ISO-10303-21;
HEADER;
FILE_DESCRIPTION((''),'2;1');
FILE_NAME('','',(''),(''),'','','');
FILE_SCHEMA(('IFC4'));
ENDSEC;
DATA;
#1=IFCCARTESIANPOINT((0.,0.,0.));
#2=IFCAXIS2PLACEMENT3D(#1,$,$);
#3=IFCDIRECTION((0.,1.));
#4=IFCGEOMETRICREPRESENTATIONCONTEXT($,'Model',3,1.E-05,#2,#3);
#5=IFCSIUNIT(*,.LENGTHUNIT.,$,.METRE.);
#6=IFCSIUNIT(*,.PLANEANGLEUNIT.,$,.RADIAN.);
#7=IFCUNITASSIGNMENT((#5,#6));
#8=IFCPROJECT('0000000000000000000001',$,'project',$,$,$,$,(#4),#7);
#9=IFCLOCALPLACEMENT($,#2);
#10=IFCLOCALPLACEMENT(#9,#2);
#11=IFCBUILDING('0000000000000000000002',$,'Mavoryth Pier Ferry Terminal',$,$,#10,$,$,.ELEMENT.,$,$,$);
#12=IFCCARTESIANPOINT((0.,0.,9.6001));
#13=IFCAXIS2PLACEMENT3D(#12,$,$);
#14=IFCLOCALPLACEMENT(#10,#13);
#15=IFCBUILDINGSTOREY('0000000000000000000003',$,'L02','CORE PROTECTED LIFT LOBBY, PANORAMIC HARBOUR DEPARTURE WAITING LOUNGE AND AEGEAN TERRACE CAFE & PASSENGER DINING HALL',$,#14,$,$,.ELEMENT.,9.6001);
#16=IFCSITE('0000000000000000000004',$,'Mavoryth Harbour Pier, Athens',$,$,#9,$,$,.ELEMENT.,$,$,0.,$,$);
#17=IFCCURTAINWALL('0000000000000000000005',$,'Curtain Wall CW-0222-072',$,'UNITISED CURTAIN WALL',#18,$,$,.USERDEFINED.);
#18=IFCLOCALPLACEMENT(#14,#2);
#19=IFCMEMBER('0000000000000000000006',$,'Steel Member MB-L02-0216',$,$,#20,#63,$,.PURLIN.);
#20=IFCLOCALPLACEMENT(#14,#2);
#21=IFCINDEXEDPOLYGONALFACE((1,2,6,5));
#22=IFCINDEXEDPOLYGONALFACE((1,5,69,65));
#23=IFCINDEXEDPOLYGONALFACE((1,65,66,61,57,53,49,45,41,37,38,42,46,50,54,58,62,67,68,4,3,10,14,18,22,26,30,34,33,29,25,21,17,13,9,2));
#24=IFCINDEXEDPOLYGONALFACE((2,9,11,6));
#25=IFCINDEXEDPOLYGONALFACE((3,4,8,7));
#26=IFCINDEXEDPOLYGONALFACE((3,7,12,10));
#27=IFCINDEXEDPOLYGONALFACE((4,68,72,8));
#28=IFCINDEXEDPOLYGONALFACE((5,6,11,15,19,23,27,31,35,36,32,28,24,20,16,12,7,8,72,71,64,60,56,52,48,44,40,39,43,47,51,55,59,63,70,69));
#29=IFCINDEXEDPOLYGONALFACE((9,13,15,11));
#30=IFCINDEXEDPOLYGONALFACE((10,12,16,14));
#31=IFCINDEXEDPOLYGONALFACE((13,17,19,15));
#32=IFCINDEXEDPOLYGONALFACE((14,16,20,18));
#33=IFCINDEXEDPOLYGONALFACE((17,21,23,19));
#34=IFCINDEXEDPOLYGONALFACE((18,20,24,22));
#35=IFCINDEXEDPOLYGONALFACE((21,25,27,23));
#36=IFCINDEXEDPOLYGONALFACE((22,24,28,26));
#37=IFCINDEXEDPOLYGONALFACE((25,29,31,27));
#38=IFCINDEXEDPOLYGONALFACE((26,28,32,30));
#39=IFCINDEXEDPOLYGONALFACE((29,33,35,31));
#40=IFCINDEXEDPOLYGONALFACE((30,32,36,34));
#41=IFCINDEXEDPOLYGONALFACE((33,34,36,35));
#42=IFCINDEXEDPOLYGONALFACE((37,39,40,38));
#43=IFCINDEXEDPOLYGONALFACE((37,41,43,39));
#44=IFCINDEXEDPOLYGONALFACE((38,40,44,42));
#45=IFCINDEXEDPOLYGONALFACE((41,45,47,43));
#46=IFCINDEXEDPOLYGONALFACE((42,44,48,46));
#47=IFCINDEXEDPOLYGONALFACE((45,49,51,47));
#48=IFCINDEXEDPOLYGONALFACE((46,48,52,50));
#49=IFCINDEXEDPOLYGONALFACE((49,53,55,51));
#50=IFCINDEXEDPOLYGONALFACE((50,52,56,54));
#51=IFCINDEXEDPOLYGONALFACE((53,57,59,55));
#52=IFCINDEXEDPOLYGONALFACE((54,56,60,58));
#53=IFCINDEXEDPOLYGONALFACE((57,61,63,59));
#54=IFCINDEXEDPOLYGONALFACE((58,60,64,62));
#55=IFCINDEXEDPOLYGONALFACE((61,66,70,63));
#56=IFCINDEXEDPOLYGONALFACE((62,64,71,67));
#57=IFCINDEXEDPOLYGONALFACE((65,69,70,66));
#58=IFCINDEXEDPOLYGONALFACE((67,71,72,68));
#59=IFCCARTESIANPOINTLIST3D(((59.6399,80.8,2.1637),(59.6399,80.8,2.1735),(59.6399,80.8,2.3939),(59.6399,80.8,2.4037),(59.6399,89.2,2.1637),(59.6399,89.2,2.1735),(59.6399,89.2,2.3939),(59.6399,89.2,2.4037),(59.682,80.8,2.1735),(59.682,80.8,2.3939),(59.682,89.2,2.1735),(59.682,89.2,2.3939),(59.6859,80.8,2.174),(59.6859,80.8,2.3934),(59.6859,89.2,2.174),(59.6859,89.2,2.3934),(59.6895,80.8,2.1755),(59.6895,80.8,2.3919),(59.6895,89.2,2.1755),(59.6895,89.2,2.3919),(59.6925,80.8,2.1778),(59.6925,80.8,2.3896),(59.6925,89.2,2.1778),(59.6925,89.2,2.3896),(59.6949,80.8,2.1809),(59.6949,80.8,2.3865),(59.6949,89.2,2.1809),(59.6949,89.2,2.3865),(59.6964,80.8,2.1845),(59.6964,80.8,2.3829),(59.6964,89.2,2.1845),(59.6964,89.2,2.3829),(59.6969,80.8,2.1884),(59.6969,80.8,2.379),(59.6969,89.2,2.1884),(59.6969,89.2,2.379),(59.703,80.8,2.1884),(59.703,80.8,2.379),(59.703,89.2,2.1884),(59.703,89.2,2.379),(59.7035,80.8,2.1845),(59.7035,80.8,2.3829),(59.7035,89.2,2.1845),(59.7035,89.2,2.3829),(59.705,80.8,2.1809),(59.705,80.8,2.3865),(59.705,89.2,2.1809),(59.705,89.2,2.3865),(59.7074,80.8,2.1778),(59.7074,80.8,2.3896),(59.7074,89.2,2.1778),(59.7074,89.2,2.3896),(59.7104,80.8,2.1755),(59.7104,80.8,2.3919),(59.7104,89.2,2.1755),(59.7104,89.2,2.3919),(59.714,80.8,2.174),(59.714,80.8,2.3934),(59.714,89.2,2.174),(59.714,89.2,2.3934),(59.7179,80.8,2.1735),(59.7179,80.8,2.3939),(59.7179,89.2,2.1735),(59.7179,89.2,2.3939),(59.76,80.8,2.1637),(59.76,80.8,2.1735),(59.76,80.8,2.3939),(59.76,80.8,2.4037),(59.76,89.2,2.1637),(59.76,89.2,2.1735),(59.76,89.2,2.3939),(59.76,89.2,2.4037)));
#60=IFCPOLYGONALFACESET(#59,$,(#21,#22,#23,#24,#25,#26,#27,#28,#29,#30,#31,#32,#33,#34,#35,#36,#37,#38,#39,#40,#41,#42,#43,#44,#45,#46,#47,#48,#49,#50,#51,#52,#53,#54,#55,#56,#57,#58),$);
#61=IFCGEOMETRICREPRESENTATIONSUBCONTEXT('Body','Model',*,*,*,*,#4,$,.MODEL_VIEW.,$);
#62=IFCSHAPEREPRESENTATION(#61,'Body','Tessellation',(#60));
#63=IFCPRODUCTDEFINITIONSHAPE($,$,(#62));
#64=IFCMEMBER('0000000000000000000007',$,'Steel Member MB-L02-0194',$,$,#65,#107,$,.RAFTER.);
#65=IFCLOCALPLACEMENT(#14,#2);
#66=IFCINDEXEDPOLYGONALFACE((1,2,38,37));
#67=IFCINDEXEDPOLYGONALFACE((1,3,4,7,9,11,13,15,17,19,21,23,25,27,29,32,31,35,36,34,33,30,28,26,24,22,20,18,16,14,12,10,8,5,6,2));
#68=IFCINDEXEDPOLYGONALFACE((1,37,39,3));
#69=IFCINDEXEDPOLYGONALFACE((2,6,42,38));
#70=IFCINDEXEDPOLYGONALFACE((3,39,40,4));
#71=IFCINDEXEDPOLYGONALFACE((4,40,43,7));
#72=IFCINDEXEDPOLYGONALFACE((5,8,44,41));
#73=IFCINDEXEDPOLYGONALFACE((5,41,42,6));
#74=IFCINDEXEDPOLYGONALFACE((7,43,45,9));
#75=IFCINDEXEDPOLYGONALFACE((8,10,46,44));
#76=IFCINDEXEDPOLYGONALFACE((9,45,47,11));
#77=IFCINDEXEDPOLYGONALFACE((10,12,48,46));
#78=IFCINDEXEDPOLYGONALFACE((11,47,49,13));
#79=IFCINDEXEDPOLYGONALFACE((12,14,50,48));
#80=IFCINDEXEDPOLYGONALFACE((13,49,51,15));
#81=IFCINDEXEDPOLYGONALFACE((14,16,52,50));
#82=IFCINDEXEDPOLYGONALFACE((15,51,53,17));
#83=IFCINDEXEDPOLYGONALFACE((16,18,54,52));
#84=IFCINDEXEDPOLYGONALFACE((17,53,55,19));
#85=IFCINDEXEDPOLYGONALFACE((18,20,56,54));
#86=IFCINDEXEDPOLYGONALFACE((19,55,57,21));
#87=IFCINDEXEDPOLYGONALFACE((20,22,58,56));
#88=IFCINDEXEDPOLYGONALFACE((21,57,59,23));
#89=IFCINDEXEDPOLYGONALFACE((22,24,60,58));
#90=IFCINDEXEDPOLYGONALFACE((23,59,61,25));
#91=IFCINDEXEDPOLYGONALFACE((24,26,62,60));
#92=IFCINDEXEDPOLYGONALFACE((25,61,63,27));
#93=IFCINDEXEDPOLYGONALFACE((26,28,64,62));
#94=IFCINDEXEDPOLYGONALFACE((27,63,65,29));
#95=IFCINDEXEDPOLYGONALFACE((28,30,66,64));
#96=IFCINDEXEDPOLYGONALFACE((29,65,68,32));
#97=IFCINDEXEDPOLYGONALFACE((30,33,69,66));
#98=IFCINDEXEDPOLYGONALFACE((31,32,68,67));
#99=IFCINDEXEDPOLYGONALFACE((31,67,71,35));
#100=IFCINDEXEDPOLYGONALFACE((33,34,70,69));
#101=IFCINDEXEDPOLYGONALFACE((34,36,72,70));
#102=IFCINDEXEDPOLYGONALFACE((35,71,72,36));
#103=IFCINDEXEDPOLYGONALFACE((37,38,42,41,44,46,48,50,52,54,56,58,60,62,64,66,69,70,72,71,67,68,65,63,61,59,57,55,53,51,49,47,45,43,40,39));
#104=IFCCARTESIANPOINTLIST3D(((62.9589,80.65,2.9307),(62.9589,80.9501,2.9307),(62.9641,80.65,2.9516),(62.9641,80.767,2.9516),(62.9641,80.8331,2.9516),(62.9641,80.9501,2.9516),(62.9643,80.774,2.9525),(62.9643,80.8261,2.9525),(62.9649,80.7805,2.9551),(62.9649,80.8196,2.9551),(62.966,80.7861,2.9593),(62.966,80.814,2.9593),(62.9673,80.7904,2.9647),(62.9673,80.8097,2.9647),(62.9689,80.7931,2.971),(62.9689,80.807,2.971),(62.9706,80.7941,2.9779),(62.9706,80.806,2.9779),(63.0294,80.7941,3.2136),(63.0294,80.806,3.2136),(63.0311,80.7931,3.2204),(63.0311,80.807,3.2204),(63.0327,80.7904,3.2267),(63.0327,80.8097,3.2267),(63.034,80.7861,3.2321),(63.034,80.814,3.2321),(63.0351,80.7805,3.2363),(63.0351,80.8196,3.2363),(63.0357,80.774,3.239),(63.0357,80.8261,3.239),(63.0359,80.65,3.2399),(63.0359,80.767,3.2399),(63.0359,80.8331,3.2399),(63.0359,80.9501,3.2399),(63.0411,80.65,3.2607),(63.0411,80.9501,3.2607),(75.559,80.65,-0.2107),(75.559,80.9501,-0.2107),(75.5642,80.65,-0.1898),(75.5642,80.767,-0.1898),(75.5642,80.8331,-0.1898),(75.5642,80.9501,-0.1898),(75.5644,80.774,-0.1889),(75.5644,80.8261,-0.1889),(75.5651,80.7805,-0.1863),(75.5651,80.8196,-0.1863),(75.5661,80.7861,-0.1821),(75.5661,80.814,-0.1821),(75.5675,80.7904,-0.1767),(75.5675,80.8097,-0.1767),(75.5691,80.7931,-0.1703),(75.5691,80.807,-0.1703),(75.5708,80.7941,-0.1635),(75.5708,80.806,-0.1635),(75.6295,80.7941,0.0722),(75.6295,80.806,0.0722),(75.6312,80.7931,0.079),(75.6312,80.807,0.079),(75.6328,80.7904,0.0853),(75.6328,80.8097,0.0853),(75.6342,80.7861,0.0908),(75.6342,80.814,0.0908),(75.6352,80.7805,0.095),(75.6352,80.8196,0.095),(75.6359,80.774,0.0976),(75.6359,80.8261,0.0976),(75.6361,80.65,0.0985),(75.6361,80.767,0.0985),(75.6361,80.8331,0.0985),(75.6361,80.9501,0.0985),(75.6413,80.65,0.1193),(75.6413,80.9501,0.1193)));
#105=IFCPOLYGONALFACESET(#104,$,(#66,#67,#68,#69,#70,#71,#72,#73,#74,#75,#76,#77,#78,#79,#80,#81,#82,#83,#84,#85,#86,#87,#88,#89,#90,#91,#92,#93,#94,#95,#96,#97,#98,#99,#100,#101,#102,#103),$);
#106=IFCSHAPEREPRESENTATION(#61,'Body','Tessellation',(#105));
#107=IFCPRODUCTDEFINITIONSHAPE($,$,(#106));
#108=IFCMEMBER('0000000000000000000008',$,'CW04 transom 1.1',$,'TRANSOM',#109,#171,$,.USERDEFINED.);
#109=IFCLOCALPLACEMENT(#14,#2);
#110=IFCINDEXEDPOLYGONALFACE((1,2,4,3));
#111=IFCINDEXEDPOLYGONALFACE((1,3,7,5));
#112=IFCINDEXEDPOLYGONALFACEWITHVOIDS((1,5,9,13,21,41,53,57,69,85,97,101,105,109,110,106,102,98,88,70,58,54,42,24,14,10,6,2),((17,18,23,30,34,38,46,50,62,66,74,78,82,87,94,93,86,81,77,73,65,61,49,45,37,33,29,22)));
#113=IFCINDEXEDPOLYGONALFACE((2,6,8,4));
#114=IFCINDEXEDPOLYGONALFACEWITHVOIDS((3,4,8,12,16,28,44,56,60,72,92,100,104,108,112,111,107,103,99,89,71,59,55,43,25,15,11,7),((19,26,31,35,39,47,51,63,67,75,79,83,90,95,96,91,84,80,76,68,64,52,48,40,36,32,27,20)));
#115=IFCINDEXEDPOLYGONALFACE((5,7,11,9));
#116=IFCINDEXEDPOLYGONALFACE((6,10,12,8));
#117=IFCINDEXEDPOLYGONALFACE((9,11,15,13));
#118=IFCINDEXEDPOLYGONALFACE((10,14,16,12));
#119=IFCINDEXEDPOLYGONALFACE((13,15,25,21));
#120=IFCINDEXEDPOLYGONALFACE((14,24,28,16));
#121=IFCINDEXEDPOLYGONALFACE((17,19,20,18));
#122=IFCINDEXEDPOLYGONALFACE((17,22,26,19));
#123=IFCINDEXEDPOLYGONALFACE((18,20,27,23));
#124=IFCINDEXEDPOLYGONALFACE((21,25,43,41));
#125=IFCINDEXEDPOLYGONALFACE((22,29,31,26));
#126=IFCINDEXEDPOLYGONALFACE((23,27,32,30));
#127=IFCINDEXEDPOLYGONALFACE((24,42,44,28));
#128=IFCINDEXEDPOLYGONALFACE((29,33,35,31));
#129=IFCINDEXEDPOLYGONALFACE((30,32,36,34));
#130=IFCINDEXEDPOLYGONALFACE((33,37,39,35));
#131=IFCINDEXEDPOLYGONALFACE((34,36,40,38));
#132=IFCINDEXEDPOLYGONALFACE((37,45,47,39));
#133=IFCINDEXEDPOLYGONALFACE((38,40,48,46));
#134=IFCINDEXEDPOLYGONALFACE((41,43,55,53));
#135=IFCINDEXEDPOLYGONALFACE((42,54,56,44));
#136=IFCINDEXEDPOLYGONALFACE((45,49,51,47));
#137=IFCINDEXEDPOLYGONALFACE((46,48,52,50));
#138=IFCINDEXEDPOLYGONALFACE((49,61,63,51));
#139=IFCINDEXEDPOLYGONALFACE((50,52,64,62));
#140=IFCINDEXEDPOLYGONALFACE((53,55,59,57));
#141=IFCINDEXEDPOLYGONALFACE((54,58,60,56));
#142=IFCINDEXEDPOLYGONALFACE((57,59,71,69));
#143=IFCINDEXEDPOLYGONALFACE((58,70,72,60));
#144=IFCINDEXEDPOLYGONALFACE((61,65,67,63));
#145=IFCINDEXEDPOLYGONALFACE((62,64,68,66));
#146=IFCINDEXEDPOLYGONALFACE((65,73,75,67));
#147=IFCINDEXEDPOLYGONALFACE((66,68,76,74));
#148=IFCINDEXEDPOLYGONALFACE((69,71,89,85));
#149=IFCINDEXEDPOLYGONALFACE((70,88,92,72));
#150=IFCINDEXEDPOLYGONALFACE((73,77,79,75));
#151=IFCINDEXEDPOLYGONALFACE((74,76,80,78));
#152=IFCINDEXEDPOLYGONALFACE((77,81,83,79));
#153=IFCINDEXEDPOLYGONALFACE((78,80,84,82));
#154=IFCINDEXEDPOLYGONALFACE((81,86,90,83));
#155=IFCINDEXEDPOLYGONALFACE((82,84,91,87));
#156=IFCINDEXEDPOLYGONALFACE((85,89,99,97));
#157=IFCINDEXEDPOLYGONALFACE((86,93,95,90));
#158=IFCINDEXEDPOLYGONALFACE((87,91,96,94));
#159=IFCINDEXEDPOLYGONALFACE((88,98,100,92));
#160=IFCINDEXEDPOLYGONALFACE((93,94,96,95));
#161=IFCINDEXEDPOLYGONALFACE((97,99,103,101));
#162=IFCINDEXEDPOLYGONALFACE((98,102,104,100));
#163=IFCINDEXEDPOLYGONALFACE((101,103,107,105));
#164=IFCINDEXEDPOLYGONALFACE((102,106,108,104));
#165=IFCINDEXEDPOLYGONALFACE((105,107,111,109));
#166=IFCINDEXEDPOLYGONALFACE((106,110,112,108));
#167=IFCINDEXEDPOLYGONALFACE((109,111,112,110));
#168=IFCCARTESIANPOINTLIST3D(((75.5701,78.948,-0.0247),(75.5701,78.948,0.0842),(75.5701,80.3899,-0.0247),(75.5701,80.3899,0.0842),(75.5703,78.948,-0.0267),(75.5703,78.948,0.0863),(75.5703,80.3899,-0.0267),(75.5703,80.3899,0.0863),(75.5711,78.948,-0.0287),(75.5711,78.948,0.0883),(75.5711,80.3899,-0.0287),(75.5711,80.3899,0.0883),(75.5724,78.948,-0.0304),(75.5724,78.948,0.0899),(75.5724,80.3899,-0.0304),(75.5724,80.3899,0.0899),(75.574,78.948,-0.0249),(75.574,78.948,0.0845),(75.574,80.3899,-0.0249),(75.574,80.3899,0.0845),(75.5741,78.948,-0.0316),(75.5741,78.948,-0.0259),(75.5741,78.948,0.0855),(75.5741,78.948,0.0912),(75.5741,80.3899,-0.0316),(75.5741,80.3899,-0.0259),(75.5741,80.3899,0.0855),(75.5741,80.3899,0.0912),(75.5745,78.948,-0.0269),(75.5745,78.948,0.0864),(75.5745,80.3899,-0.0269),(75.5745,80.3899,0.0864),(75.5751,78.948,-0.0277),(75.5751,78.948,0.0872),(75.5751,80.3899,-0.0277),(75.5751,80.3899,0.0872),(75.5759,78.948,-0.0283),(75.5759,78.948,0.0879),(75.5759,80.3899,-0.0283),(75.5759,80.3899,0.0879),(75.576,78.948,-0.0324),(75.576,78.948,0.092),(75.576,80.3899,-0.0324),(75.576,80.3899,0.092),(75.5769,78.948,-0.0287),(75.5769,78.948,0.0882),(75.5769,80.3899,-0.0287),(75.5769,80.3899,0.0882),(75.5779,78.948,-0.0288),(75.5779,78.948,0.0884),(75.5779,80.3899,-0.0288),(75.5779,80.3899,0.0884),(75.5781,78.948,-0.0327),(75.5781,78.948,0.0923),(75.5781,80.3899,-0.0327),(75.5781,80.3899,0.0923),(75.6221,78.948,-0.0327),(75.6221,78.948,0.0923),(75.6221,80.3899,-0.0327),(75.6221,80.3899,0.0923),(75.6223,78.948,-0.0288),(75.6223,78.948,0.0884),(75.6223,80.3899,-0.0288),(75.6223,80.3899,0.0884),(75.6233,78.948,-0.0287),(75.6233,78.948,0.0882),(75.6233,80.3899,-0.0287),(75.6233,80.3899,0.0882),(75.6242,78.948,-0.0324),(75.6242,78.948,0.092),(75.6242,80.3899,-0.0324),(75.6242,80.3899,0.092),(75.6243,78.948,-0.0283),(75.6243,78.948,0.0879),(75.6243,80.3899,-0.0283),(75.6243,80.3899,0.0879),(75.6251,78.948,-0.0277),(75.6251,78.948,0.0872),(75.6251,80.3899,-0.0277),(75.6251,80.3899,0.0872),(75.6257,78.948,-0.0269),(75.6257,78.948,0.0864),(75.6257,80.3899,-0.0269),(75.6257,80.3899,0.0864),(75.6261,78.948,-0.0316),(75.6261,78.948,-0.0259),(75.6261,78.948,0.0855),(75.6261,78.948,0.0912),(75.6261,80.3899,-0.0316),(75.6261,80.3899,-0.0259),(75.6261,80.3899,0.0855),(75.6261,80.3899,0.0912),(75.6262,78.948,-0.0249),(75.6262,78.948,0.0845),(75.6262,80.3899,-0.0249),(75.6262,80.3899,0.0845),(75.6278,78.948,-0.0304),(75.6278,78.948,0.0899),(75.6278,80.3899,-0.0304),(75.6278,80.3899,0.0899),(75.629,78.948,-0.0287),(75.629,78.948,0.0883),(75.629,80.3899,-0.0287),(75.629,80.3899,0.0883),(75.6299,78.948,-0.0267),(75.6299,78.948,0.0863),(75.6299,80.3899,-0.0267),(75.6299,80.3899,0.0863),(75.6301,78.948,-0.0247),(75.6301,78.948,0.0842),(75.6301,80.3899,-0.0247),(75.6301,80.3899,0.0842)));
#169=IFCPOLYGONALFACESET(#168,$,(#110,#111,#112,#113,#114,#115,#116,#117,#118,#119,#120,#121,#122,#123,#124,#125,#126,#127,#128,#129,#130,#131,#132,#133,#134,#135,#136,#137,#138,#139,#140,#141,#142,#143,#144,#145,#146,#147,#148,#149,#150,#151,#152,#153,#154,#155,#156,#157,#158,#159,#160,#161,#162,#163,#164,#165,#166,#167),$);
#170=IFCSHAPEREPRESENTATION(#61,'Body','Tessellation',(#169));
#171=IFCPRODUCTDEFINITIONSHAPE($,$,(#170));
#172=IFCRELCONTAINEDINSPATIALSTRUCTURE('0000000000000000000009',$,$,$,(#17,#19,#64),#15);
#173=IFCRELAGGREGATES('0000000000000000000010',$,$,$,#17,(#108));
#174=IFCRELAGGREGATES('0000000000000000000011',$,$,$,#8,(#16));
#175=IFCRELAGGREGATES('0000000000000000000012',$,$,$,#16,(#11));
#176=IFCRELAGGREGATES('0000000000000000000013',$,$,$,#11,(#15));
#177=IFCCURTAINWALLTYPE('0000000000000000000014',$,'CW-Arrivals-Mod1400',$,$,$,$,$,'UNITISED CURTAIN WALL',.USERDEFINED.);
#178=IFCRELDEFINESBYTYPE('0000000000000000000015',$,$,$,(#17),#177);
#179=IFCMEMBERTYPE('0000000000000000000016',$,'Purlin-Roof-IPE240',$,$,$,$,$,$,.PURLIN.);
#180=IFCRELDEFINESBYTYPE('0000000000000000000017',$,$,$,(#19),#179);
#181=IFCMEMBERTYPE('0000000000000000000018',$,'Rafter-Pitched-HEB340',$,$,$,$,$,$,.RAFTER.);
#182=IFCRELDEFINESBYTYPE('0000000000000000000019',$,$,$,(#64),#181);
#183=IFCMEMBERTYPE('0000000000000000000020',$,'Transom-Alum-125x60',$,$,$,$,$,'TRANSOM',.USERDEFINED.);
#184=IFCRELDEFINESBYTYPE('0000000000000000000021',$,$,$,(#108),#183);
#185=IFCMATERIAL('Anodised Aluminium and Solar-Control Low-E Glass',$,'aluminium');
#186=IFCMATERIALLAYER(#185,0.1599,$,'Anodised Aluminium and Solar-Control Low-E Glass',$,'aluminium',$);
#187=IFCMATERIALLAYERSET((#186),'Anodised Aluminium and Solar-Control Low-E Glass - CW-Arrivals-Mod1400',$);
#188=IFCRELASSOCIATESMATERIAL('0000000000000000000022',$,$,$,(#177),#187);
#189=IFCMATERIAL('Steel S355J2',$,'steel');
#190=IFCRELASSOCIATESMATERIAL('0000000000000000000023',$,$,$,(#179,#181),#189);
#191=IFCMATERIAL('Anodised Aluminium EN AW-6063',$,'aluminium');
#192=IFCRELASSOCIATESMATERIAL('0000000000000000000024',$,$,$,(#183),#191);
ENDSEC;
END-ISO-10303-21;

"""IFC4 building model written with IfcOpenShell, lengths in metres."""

from ifc_helpers import new_model, si_unit, direction, frame, origin, origin_2d, place, context, subcontext, project, spatial, hollow_rectangle, i_section, extrude, material, layer, layer_set, material_profile, profile_set, type_object, element, aggregate, save


model = new_model("IFC4")

# Units and contexts
model_context = context("Model", 3, precision=1e-05, world=origin(), true_north=direction((0.0, 1.0)))
body_context = subcontext(model_context, "Body", "Model", "MODEL_VIEW")
ifc_project = project(units=[si_unit("LENGTHUNIT", "METRE"), si_unit("PLANEANGLEUNIT", "RADIAN")], contexts=[model_context])

# Site, building, storey
site_placement = place(None, origin())
site = spatial("IfcSite", under=ifc_project, at=site_placement, Name="Mavoryth Harbour Pier, Athens", CompositionType="ELEMENT", RefElevation=0.0)
building_placement = place(site_placement, origin())
building = spatial("IfcBuilding", under=site, at=building_placement, Name="Mavoryth Pier Ferry Terminal", CompositionType="ELEMENT")
storey_placement = place(building_placement, frame((0.0, 0.0, 9.6001)))
storey = spatial("IfcBuildingStorey", under=building, at=storey_placement, Name="L02", Description="CORE PROTECTED LIFT LOBBY, PANORAMIC HARBOUR DEPARTURE WAITING LOUNGE AND AEGEAN TERRACE CAFE & PASSENGER DINING HALL", CompositionType="ELEMENT", Elevation=9.6001)

# Shared definitions
ifc_material_1 = material(Name="Steel S355J2", Category="steel")

# Curtain wall
ifc_material_2 = material(Name="Anodised Aluminium and Solar-Control Low-E Glass", Category="aluminium")
ifc_layer_1 = layer(ifc_material_2, 0.1599, Name="Anodised Aluminium and Solar-Control Low-E Glass", Category="aluminium")
ifc_layer_set_1 = layer_set([ifc_layer_1], Name="Anodised Aluminium and Solar-Control Low-E Glass - CW-Arrivals-Mod1400")
curtain_wall_type = type_object("IfcCurtainWallType", Name="CW-Arrivals-Mod1400", ElementType="UNITISED CURTAIN WALL", PredefinedType="USERDEFINED", material=ifc_layer_set_1)
curtain_wall_placement = place(storey_placement, origin())
curtain_wall = element("IfcCurtainWall", 1, at=curtain_wall_placement, inside=storey, type_object=curtain_wall_type, Name="Curtain Wall CW-0222-072", ObjectType="UNITISED CURTAIN WALL", PredefinedType="USERDEFINED")
ifc_material_3 = material(Name="Anodised Aluminium EN AW-6063", Category="aluminium")

# Members
ifc_material_profile_1 = material_profile(ifc_material_1, i_section(OverallWidth=0.1201, OverallDepth=0.24, WebThickness=0.0061, FlangeThickness=0.0098, FilletRadius=0.0149, at=origin_2d()), Name="IPE 240", Category="steel")
ifc_profile_set_1 = profile_set([ifc_material_profile_1], Name="Steel S355J2 - IPE 240")
member_type_1 = type_object("IfcMemberType", Name="Purlin-Roof-IPE240", PredefinedType="PURLIN", material=ifc_profile_set_1)
for number, where, z_axis, x_axis, name in (
    (2, (59.7, 80.8, 2.2837), (0.0, 1.0, 0.0), (-1.0, 0.0, 0.0), "Steel Member MB-L02-0216"),
):
    element("IfcMember", number, at=place(storey_placement, frame(where, z_axis=z_axis, x_axis=x_axis)), inside=storey, type_object=member_type_1, Name=name, PredefinedType="PURLIN", context=body_context, shape_type="SweptSolid", body=[
        extrude(i_section(OverallWidth=0.1201, OverallDepth=0.24, WebThickness=0.0061, FlangeThickness=0.0098, FilletRadius=0.0149, at=origin_2d()), origin(), (0.0, 0.0, 1.0), 8.3999),
    ])
ifc_material_profile_2 = material_profile(ifc_material_1, i_section(OverallWidth=0.3, OverallDepth=0.3401, WebThickness=0.012, FlangeThickness=0.0215, FilletRadius=0.0271, at=origin_2d()), Name="HEB 340", Category="steel")
ifc_profile_set_2 = profile_set([ifc_material_profile_2], Name="Steel S355J2 - HEB 340")
member_type_2 = type_object("IfcMemberType", Name="Rafter-Pitched-HEB340", PredefinedType="RAFTER", material=ifc_profile_set_2)
member_1_placement = place(storey_placement, frame((63.0, 80.8, 3.0957), z_axis=(0.970299, 0.0, -0.241907), x_axis=(0.0, 1.0, 0.0)))
element("IfcMember", 3, at=member_1_placement, inside=storey, type_object=member_type_2, Name="Steel Member MB-L02-0194", PredefinedType="RAFTER", context=body_context, shape_type="SweptSolid", body=[
    extrude(i_section(OverallWidth=0.3, OverallDepth=0.3401, WebThickness=0.012, FlangeThickness=0.0215, FilletRadius=0.0271, at=origin_2d()), origin(), (0.0, 0.0, 1.0), 12.9858),
])

# Member
ifc_material_profile_3 = material_profile(ifc_material_3, hollow_rectangle(XDim=0.0601, YDim=0.125, WallThickness=0.0039, InnerFilletRadius=0.0039, OuterFilletRadius=0.0081, at=origin_2d()), Name="AL-TRAN 125x60x4", Category="aluminium")
ifc_profile_set_3 = profile_set([ifc_material_profile_3], Name="Anodised Aluminium EN AW-6063 - AL-TRAN 125x60x4")
member_type_3 = type_object("IfcMemberType", Name="Transom-Alum-125x60", ElementType="TRANSOM", PredefinedType="USERDEFINED", material=ifc_profile_set_3)
member_2_placement = place(storey_placement, frame((75.6001, 80.3899, 0.0298), z_axis=(0.0, -1.0, 0.0), x_axis=(1.0, 0.0, 0.0)))
member_2 = element("IfcMember", 4, at=member_2_placement, type_object=member_type_3, Name="CW04 transom 1.1", ObjectType="TRANSOM", PredefinedType="USERDEFINED", context=body_context, shape_type="SweptSolid", body=[
    extrude(hollow_rectangle(XDim=0.0601, YDim=0.125, WallThickness=0.0039, InnerFilletRadius=0.0039, OuterFilletRadius=0.0081, at=origin_2d()), origin(), (0.0, 0.0, 1.0), 1.4419),
])

aggregate(curtain_wall, [member_2])

save(model, "model.ifc")
